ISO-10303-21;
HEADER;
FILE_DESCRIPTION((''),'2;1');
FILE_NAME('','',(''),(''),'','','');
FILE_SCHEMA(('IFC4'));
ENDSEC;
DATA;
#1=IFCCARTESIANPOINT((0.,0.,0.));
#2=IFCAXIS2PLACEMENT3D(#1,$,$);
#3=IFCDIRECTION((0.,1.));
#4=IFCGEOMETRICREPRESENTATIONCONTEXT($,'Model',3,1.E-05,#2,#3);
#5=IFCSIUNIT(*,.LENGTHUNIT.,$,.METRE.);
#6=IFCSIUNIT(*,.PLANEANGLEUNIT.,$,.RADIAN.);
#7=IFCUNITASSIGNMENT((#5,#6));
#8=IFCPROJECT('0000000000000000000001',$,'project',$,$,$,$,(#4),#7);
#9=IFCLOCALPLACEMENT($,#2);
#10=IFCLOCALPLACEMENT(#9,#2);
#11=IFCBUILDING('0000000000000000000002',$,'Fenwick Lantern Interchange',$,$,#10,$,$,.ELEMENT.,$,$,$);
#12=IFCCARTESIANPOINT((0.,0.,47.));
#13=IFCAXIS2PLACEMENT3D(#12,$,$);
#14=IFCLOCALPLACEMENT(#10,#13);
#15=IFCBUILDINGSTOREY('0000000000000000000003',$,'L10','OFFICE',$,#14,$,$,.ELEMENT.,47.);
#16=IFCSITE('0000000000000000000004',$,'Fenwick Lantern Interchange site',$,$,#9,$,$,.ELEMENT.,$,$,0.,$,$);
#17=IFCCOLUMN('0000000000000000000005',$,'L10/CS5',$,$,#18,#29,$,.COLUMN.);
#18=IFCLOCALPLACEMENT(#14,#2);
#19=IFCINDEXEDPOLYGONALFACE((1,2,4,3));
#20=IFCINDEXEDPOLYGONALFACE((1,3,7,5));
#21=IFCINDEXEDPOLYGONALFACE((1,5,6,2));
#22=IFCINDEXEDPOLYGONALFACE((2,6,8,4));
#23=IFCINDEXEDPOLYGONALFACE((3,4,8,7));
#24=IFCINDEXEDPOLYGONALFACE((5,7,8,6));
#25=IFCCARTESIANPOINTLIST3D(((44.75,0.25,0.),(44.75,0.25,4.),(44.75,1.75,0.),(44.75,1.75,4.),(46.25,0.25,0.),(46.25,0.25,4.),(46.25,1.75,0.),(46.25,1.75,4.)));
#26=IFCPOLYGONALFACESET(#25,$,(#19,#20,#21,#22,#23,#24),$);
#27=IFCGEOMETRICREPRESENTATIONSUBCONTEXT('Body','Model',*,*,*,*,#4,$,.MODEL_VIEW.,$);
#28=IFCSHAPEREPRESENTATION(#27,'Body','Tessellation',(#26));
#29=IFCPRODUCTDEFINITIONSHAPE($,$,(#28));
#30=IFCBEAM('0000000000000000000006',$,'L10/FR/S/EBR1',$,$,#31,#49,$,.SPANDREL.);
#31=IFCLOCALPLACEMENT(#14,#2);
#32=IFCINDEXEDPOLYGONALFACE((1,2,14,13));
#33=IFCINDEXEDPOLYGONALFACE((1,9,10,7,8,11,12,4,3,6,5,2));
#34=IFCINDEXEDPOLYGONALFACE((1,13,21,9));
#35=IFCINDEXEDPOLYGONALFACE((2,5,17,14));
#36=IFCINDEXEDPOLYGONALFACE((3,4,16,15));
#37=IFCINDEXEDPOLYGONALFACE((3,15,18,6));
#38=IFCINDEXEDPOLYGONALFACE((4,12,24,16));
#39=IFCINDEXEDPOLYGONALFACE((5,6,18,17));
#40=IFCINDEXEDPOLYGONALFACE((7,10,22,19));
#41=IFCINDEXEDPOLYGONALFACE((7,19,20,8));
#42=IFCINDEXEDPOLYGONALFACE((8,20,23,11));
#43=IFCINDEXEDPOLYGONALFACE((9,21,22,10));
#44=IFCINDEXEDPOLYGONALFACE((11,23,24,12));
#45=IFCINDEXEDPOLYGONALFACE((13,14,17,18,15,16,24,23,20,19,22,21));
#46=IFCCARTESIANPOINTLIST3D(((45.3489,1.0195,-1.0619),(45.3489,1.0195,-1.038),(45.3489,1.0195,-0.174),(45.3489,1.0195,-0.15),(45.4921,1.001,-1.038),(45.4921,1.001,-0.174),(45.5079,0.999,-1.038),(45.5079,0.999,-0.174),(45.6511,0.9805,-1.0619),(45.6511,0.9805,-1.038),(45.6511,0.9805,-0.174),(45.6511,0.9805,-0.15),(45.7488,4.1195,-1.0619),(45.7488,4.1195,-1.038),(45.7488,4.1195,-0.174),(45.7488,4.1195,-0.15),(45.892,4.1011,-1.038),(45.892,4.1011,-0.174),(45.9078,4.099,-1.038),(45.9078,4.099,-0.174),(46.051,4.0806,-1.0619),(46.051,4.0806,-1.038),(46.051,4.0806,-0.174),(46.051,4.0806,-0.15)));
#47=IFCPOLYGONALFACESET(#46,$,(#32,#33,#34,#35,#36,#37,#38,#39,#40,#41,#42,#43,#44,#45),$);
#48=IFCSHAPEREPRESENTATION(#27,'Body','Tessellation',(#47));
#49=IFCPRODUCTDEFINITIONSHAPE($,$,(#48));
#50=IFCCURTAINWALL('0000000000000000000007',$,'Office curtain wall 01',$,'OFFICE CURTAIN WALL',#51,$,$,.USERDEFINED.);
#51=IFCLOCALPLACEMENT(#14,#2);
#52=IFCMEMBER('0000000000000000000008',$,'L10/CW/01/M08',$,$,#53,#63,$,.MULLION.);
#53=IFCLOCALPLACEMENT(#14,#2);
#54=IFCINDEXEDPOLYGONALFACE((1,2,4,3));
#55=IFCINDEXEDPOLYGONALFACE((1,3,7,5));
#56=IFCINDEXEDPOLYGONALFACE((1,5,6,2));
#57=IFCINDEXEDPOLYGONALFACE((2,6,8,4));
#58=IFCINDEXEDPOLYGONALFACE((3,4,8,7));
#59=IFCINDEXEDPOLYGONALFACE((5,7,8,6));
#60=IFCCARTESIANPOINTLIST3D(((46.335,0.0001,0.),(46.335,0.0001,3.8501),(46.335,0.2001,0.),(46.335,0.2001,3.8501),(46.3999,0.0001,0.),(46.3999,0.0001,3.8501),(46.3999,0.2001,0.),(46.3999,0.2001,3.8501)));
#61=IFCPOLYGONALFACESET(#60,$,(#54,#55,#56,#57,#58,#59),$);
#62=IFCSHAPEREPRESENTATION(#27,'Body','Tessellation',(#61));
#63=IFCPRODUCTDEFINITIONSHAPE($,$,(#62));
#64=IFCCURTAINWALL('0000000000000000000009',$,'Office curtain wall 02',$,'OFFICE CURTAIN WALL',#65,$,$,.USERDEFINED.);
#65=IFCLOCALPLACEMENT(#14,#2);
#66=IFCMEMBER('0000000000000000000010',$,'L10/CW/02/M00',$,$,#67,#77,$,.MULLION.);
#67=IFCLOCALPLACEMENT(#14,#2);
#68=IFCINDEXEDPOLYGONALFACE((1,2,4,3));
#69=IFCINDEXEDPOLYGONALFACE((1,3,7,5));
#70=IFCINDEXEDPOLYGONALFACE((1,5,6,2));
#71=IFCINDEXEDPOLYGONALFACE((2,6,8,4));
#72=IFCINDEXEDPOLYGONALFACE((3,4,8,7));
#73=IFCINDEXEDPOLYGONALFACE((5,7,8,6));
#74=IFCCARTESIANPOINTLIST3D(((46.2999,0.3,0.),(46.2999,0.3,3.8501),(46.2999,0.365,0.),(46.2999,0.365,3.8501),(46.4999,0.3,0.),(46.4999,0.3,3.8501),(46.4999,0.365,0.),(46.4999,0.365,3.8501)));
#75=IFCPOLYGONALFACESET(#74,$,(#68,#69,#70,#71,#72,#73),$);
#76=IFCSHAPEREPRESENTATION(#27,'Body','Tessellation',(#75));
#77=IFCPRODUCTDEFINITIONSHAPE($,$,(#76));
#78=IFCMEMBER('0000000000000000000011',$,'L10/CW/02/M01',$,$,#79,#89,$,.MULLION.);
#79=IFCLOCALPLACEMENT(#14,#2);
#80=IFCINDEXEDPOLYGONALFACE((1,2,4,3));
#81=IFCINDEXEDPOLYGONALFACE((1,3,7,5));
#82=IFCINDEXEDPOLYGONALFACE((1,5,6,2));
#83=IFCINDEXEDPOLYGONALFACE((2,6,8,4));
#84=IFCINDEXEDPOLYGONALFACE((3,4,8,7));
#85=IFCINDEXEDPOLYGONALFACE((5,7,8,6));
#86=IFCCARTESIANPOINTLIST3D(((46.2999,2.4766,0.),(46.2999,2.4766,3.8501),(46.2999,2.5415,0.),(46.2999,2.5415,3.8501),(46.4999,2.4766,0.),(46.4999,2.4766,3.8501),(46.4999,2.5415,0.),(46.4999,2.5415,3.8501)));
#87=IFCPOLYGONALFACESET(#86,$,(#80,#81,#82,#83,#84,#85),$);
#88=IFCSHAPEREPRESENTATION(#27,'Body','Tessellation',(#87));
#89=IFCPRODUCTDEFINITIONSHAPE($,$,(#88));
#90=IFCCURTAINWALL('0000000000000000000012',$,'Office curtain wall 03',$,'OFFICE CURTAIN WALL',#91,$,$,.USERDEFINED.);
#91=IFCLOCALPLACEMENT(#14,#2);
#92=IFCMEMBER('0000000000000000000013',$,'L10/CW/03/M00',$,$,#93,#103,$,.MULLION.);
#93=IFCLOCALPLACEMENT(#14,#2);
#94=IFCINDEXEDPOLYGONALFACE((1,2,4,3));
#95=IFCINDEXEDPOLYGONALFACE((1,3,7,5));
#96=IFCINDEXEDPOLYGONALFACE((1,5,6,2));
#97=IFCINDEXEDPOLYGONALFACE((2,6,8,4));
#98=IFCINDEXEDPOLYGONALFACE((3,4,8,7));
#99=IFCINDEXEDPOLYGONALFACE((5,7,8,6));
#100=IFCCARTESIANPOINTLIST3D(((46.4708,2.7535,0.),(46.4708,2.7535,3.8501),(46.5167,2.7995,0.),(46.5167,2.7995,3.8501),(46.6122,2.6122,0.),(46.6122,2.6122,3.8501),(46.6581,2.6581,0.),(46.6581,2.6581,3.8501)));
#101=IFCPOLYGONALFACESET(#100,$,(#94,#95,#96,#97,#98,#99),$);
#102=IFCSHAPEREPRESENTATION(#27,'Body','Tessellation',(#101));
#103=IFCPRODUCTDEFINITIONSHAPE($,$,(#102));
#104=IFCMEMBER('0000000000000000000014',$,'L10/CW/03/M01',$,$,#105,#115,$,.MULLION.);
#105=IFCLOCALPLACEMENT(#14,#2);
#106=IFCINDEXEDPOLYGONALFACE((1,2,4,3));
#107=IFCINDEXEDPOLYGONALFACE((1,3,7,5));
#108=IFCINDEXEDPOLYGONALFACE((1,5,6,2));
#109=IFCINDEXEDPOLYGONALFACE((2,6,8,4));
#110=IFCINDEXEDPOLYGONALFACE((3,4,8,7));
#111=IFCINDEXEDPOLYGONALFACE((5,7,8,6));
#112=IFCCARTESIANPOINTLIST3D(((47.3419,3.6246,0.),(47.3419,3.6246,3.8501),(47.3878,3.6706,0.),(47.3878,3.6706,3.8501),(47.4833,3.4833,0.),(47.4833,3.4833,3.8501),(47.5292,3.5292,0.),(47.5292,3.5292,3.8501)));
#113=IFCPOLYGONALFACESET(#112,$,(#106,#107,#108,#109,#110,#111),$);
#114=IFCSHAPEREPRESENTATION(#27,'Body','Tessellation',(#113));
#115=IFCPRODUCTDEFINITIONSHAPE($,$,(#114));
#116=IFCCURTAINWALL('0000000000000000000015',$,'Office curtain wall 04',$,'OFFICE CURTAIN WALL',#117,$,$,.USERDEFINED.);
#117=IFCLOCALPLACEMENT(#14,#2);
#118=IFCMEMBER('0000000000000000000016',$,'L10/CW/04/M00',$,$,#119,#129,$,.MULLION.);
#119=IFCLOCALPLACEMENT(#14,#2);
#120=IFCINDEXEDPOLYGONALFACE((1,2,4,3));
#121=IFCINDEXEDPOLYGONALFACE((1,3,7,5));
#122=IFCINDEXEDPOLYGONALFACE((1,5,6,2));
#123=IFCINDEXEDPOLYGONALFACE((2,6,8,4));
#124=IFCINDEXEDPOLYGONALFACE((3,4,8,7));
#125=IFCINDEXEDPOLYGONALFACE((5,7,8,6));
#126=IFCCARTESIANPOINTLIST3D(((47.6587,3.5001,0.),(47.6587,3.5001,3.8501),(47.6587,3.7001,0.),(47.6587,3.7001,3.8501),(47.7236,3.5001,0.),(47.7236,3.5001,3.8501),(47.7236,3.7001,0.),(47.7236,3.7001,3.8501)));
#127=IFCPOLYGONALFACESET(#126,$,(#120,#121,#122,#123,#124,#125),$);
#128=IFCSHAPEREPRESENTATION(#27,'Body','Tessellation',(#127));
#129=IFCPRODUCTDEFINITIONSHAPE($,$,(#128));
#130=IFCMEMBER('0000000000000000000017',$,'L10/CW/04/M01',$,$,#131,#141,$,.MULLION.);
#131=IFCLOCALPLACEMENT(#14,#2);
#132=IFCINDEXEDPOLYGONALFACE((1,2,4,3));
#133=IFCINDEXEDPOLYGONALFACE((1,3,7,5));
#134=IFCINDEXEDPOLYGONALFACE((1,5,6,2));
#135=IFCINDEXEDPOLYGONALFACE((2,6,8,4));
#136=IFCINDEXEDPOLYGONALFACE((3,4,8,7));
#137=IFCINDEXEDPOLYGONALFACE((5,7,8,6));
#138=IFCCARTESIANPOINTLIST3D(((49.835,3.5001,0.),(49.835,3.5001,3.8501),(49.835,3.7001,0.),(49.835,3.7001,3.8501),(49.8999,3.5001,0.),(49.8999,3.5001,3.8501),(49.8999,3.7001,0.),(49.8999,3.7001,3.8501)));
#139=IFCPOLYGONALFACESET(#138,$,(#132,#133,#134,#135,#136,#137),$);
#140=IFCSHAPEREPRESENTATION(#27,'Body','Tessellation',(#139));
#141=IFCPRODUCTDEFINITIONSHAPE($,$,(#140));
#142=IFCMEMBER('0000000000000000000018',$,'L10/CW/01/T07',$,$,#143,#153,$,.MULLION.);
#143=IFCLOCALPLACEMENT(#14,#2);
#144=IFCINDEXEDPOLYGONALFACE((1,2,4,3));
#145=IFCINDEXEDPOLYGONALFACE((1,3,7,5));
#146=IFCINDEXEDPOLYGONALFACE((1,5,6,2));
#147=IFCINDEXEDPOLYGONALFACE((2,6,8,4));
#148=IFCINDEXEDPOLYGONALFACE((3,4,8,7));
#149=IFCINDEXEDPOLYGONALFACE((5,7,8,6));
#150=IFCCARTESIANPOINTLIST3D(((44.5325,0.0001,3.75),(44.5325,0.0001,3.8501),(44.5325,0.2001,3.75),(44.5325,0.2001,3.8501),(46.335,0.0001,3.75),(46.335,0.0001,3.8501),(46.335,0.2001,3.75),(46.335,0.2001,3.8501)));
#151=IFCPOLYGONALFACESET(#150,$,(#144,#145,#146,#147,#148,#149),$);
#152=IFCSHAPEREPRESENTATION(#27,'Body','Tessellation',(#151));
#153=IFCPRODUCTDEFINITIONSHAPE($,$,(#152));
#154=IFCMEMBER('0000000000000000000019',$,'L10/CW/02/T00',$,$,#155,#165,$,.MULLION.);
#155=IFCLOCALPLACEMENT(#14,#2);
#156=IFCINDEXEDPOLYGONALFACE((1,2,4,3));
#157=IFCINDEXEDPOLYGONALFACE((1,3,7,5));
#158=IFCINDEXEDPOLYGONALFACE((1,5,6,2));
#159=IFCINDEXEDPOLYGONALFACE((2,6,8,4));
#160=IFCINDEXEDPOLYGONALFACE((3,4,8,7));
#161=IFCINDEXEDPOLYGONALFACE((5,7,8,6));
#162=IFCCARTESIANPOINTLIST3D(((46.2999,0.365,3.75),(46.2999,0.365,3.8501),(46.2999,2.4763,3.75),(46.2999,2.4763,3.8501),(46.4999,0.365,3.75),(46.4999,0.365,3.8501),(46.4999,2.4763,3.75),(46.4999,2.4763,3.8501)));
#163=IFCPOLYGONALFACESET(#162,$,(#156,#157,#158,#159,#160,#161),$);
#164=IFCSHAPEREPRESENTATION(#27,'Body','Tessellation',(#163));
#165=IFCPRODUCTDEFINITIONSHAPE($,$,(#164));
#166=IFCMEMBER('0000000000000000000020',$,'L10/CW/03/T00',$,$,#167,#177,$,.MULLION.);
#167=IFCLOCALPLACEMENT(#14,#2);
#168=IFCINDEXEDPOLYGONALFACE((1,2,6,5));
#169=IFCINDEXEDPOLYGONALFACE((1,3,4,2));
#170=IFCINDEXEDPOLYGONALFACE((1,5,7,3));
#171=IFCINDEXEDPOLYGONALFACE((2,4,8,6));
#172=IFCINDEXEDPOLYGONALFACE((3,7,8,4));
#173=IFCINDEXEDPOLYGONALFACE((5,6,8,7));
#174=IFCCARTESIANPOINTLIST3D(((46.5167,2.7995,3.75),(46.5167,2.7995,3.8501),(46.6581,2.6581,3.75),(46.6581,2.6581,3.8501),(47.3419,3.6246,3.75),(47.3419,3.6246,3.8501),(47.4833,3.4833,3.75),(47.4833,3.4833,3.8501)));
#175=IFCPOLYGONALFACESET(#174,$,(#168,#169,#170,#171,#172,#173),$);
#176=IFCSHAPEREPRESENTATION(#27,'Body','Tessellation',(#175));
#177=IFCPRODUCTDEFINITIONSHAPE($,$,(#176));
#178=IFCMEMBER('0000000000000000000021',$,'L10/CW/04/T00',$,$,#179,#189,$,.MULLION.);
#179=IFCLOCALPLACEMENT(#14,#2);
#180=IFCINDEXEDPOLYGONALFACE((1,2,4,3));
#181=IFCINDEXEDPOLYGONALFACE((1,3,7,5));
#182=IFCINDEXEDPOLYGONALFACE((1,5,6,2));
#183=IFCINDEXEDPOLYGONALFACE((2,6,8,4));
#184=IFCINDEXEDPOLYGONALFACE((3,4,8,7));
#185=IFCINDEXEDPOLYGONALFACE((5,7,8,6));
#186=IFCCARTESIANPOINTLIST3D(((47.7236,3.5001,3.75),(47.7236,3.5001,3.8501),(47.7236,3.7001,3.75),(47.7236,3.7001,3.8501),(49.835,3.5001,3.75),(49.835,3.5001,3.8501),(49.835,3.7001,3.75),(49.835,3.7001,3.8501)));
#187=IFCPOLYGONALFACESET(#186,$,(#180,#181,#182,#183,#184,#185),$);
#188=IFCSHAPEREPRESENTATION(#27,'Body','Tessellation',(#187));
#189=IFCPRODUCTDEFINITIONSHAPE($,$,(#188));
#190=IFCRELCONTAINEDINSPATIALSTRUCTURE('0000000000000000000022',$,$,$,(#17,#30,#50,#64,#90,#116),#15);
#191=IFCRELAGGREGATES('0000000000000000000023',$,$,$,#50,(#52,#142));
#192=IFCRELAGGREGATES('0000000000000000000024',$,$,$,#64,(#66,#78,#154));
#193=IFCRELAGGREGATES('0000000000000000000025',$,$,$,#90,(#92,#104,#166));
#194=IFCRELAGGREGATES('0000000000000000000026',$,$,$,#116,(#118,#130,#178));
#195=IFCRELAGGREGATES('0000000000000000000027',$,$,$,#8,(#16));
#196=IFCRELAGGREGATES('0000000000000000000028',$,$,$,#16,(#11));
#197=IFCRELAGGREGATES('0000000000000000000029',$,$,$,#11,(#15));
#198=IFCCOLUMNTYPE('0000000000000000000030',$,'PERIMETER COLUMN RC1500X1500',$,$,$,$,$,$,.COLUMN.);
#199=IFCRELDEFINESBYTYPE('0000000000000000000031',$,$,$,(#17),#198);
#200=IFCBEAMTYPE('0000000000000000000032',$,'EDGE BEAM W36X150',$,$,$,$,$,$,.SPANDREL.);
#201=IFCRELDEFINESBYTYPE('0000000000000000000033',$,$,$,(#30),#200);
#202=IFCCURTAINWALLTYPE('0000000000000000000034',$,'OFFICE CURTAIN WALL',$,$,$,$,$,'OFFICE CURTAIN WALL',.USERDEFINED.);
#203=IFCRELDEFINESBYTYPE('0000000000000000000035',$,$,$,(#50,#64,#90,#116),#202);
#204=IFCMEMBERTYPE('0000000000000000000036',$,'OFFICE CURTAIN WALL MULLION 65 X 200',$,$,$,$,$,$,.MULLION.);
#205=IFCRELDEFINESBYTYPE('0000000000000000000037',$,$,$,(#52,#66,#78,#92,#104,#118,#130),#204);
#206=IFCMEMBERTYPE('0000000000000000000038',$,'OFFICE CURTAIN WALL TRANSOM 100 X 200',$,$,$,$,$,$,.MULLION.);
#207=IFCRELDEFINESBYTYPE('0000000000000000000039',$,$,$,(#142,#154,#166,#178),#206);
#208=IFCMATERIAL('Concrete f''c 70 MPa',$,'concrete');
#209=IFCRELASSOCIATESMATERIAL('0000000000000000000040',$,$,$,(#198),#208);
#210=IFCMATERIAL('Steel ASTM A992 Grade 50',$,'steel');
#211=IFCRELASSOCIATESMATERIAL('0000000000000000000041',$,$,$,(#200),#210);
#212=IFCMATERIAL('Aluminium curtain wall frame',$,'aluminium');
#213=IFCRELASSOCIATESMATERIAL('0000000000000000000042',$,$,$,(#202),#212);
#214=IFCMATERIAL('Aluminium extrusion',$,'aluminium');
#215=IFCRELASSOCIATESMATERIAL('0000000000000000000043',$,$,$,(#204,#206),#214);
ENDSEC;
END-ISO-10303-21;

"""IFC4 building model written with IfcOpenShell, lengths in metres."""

from ifc_helpers import new_model, si_unit, direction, frame, origin, origin_2d, place, context, subcontext, project, spatial, rectangle, i_section, extrude, material, material_profile, profile_set, type_object, element, aggregate, save


model = new_model("IFC4")

# Units and contexts
model_context = context("Model", 3, precision=1e-05, world=origin(), true_north=direction((0.0, 1.0)))
body_context = subcontext(model_context, "Body", "Model", "MODEL_VIEW")
ifc_project = project(units=[si_unit("LENGTHUNIT", "METRE"), si_unit("PLANEANGLEUNIT", "RADIAN")], contexts=[model_context])

# Site, building, storey
site_placement = place(None, origin())
site = spatial("IfcSite", under=ifc_project, at=site_placement, Name="Fenwick Lantern Interchange site", CompositionType="ELEMENT", RefElevation=0.0)
building_placement = place(site_placement, origin())
building = spatial("IfcBuilding", under=site, at=building_placement, Name="Fenwick Lantern Interchange", CompositionType="ELEMENT")
storey_placement = place(building_placement, frame((0.0, 0.0, 47.0)))
storey = spatial("IfcBuildingStorey", under=building, at=storey_placement, Name="L10", Description="OFFICE", CompositionType="ELEMENT", Elevation=47.0)

# Column
ifc_material_1 = material(Name="Concrete f'c 70 MPa", Category="concrete")
ifc_material_profile_1 = material_profile(ifc_material_1, rectangle(XDim=1.5, YDim=1.5, at=origin_2d()), Name="RC1500X1500")
ifc_profile_set_1 = profile_set([ifc_material_profile_1], Name="Concrete f'c 70 MPa")
column_type = type_object("IfcColumnType", Name="PERIMETER COLUMN RC1500X1500", PredefinedType="COLUMN", material=ifc_profile_set_1)
column_placement = place(storey_placement, frame((45.5, 1.0, 0.0), z_axis=(0.0, 0.0, 1.0), x_axis=(1.0, 0.0, 0.0)))
element("IfcColumn", 1, at=column_placement, inside=storey, type_object=column_type, Name="L10/CS5", PredefinedType="COLUMN", context=body_context, shape_type="SweptSolid", body=[
    extrude(rectangle(XDim=1.5, YDim=1.5, at=origin_2d()), origin(), (0.0, 0.0, 1.0), 4.0),
])

# Beam
ifc_material_2 = material(Name="Steel ASTM A992 Grade 50", Category="steel")
ifc_material_profile_2 = material_profile(ifc_material_2, i_section(OverallWidth=0.3047, OverallDepth=0.9119, WebThickness=0.0159, FlangeThickness=0.0239, at=origin_2d()), Name="W36X150")
ifc_profile_set_2 = profile_set([ifc_material_profile_2], Name="Steel ASTM A992 Grade 50")
beam_type = type_object("IfcBeamType", Name="EDGE BEAM W36X150", PredefinedType="SPANDREL", material=ifc_profile_set_2)
beam_placement = place(storey_placement, frame((45.5, 1.0, -0.606), z_axis=(0.127937, 0.991782, 0.0), x_axis=(-0.991782, 0.127937, 0.0)))
element("IfcBeam", 2, at=beam_placement, inside=storey, type_object=beam_type, Name="L10/FR/S/EBR1", PredefinedType="SPANDREL", context=body_context, shape_type="SweptSolid", body=[
    extrude(i_section(OverallWidth=0.3047, OverallDepth=0.9119, WebThickness=0.0159, FlangeThickness=0.0239, at=origin_2d()), origin(), (0.0, 0.0, 1.0), 3.1257),
])

# Curtain wall, member
ifc_material_3 = material(Name="Aluminium curtain wall frame", Category="aluminium")
curtain_wall_type = type_object("IfcCurtainWallType", Name="OFFICE CURTAIN WALL", ElementType="OFFICE CURTAIN WALL", PredefinedType="USERDEFINED", material=ifc_material_3)
curtain_wall_1_placement = place(storey_placement, origin())
curtain_wall_1 = element("IfcCurtainWall", 3, at=curtain_wall_1_placement, inside=storey, type_object=curtain_wall_type, Name="Office curtain wall 01", ObjectType="OFFICE CURTAIN WALL", PredefinedType="USERDEFINED")
ifc_material_4 = material(Name="Aluminium extrusion", Category="aluminium")
ifc_material_profile_3 = material_profile(ifc_material_4, rectangle(XDim=0.2, YDim=0.0649, at=origin_2d()), Name="OFFICE CURTAIN WALL MULLION 65 X 200")
ifc_profile_set_3 = profile_set([ifc_material_profile_3], Name="Aluminium extrusion")
member_type_1 = type_object("IfcMemberType", Name="OFFICE CURTAIN WALL MULLION 65 X 200", PredefinedType="MULLION", material=ifc_profile_set_3)
member_1_placement = place(storey_placement, frame((46.3674, 0.1001, 0.0), z_axis=(0.0, 0.0, 1.0), x_axis=(0.0, 1.0, 0.0)))
member_1 = element("IfcMember", 4, at=member_1_placement, type_object=member_type_1, Name="L10/CW/01/M08", PredefinedType="MULLION", context=body_context, shape_type="SweptSolid", body=[
    extrude(rectangle(XDim=0.2, YDim=0.0649, at=origin_2d()), origin(), (0.0, 0.0, 1.0), 3.8501),
])

# Curtain walls, members
curtain_wall_2_placement = place(storey_placement, origin())
curtain_wall_2 = element("IfcCurtainWall", 5, at=curtain_wall_2_placement, inside=storey, type_object=curtain_wall_type, Name="Office curtain wall 02", ObjectType="OFFICE CURTAIN WALL", PredefinedType="USERDEFINED")
member_2_placement = place(storey_placement, frame((46.3999, 0.3325, 0.0), z_axis=(0.0, 0.0, 1.0), x_axis=(-1.0, 0.0, 0.0)))
member_2 = element("IfcMember", 6, at=member_2_placement, type_object=member_type_1, Name="L10/CW/02/M00", PredefinedType="MULLION", context=body_context, shape_type="SweptSolid", body=[
    extrude(rectangle(XDim=0.2, YDim=0.0649, at=origin_2d()), origin(), (0.0, 0.0, 1.0), 3.8501),
])
member_3_placement = place(storey_placement, frame((46.3999, 2.509, 0.0), z_axis=(0.0, 0.0, 1.0), x_axis=(-1.0, 0.0, 0.0)))
member_3 = element("IfcMember", 7, at=member_3_placement, type_object=member_type_1, Name="L10/CW/02/M01", PredefinedType="MULLION", context=body_context, shape_type="SweptSolid", body=[
    extrude(rectangle(XDim=0.2, YDim=0.0649, at=origin_2d()), origin(), (0.0, 0.0, 1.0), 3.8501),
])
curtain_wall_3_placement = place(storey_placement, origin())
curtain_wall_3 = element("IfcCurtainWall", 8, at=curtain_wall_3_placement, inside=storey, type_object=curtain_wall_type, Name="Office curtain wall 03", ObjectType="OFFICE CURTAIN WALL", PredefinedType="USERDEFINED")
member_4_placement = place(storey_placement, frame((46.5645, 2.7058, 0.0), z_axis=(0.0, 0.0, 1.0), x_axis=(-0.707107, 0.707107, 0.0)))
member_4 = element("IfcMember", 9, at=member_4_placement, type_object=member_type_1, Name="L10/CW/03/M00", PredefinedType="MULLION", context=body_context, shape_type="SweptSolid", body=[
    extrude(rectangle(XDim=0.2, YDim=0.0649, at=origin_2d()), origin(), (0.0, 0.0, 1.0), 3.8501),
])
member_5_placement = place(storey_placement, frame((47.4355, 3.5769, 0.0), z_axis=(0.0, 0.0, 1.0), x_axis=(-0.707107, 0.707107, 0.0)))
member_5 = element("IfcMember", 10, at=member_5_placement, type_object=member_type_1, Name="L10/CW/03/M01", PredefinedType="MULLION", context=body_context, shape_type="SweptSolid", body=[
    extrude(rectangle(XDim=0.2, YDim=0.0649, at=origin_2d()), origin(), (0.0, 0.0, 1.0), 3.8501),
])
curtain_wall_4_placement = place(storey_placement, origin())
curtain_wall_4 = element("IfcCurtainWall", 11, at=curtain_wall_4_placement, inside=storey, type_object=curtain_wall_type, Name="Office curtain wall 04", ObjectType="OFFICE CURTAIN WALL", PredefinedType="USERDEFINED")
member_6_placement = place(storey_placement, frame((47.6912, 3.6001, 0.0), z_axis=(0.0, 0.0, 1.0), x_axis=(0.0, 1.0, 0.0)))
member_6 = element("IfcMember", 12, at=member_6_placement, type_object=member_type_1, Name="L10/CW/04/M00", PredefinedType="MULLION", context=body_context, shape_type="SweptSolid", body=[
    extrude(rectangle(XDim=0.2, YDim=0.0649, at=origin_2d()), origin(), (0.0, 0.0, 1.0), 3.8501),
])
member_7_placement = place(storey_placement, frame((49.8674, 3.6001, 0.0), z_axis=(0.0, 0.0, 1.0), x_axis=(0.0, 1.0, 0.0)))
member_7 = element("IfcMember", 13, at=member_7_placement, type_object=member_type_1, Name="L10/CW/04/M01", PredefinedType="MULLION", context=body_context, shape_type="SweptSolid", body=[
    extrude(rectangle(XDim=0.2, YDim=0.0649, at=origin_2d()), origin(), (0.0, 0.0, 1.0), 3.8501),
])

# Members
ifc_material_profile_4 = material_profile(ifc_material_4, rectangle(XDim=0.2, YDim=0.1001, at=origin_2d()), Name="OFFICE CURTAIN WALL TRANSOM 100 X 200")
ifc_profile_set_4 = profile_set([ifc_material_profile_4], Name="Aluminium extrusion")
member_type_2 = type_object("IfcMemberType", Name="OFFICE CURTAIN WALL TRANSOM 100 X 200", PredefinedType="MULLION", material=ifc_profile_set_4)
member_8_placement = place(storey_placement, frame((44.5325, 0.1001, 3.8), z_axis=(1.0, 0.0, 0.0), x_axis=(0.0, 1.0, 0.0)))
member_8 = element("IfcMember", 14, at=member_8_placement, type_object=member_type_2, Name="L10/CW/01/T07", PredefinedType="MULLION", context=body_context, shape_type="SweptSolid", body=[
    extrude(rectangle(XDim=0.2, YDim=0.1001, at=origin_2d()), origin(), (0.0, 0.0, 1.0), 1.8025),
])
member_9_placement = place(storey_placement, frame((46.3999, 0.365, 3.8), z_axis=(0.0, 1.0, 0.0), x_axis=(-1.0, 0.0, 0.0)))
member_9 = element("IfcMember", 15, at=member_9_placement, type_object=member_type_2, Name="L10/CW/02/T00", PredefinedType="MULLION", context=body_context, shape_type="SweptSolid", body=[
    extrude(rectangle(XDim=0.2, YDim=0.1001, at=origin_2d()), origin(), (0.0, 0.0, 1.0), 2.1113),
])
member_10_placement = place(storey_placement, frame((46.5874, 2.7288, 3.8), z_axis=(0.707107, 0.707107, 0.0), x_axis=(-0.707107, 0.707107, 0.0)))
member_10 = element("IfcMember", 16, at=member_10_placement, type_object=member_type_2, Name="L10/CW/03/T00", PredefinedType="MULLION", context=body_context, shape_type="SweptSolid", body=[
    extrude(rectangle(XDim=0.2, YDim=0.1001, at=origin_2d()), origin(), (0.0, 0.0, 1.0), 1.167),
])
member_11_placement = place(storey_placement, frame((47.7236, 3.6001, 3.8), z_axis=(1.0, 0.0, 0.0), x_axis=(0.0, 1.0, 0.0)))
member_11 = element("IfcMember", 17, at=member_11_placement, type_object=member_type_2, Name="L10/CW/04/T00", PredefinedType="MULLION", context=body_context, shape_type="SweptSolid", body=[
    extrude(rectangle(XDim=0.2, YDim=0.1001, at=origin_2d()), origin(), (0.0, 0.0, 1.0), 2.1113),
])

aggregate(curtain_wall_1, [member_1, member_8])
aggregate(curtain_wall_2, [member_2, member_3, member_9])
aggregate(curtain_wall_3, [member_4, member_5, member_10])
aggregate(curtain_wall_4, [member_6, member_7, member_11])

save(model, "model.ifc")
